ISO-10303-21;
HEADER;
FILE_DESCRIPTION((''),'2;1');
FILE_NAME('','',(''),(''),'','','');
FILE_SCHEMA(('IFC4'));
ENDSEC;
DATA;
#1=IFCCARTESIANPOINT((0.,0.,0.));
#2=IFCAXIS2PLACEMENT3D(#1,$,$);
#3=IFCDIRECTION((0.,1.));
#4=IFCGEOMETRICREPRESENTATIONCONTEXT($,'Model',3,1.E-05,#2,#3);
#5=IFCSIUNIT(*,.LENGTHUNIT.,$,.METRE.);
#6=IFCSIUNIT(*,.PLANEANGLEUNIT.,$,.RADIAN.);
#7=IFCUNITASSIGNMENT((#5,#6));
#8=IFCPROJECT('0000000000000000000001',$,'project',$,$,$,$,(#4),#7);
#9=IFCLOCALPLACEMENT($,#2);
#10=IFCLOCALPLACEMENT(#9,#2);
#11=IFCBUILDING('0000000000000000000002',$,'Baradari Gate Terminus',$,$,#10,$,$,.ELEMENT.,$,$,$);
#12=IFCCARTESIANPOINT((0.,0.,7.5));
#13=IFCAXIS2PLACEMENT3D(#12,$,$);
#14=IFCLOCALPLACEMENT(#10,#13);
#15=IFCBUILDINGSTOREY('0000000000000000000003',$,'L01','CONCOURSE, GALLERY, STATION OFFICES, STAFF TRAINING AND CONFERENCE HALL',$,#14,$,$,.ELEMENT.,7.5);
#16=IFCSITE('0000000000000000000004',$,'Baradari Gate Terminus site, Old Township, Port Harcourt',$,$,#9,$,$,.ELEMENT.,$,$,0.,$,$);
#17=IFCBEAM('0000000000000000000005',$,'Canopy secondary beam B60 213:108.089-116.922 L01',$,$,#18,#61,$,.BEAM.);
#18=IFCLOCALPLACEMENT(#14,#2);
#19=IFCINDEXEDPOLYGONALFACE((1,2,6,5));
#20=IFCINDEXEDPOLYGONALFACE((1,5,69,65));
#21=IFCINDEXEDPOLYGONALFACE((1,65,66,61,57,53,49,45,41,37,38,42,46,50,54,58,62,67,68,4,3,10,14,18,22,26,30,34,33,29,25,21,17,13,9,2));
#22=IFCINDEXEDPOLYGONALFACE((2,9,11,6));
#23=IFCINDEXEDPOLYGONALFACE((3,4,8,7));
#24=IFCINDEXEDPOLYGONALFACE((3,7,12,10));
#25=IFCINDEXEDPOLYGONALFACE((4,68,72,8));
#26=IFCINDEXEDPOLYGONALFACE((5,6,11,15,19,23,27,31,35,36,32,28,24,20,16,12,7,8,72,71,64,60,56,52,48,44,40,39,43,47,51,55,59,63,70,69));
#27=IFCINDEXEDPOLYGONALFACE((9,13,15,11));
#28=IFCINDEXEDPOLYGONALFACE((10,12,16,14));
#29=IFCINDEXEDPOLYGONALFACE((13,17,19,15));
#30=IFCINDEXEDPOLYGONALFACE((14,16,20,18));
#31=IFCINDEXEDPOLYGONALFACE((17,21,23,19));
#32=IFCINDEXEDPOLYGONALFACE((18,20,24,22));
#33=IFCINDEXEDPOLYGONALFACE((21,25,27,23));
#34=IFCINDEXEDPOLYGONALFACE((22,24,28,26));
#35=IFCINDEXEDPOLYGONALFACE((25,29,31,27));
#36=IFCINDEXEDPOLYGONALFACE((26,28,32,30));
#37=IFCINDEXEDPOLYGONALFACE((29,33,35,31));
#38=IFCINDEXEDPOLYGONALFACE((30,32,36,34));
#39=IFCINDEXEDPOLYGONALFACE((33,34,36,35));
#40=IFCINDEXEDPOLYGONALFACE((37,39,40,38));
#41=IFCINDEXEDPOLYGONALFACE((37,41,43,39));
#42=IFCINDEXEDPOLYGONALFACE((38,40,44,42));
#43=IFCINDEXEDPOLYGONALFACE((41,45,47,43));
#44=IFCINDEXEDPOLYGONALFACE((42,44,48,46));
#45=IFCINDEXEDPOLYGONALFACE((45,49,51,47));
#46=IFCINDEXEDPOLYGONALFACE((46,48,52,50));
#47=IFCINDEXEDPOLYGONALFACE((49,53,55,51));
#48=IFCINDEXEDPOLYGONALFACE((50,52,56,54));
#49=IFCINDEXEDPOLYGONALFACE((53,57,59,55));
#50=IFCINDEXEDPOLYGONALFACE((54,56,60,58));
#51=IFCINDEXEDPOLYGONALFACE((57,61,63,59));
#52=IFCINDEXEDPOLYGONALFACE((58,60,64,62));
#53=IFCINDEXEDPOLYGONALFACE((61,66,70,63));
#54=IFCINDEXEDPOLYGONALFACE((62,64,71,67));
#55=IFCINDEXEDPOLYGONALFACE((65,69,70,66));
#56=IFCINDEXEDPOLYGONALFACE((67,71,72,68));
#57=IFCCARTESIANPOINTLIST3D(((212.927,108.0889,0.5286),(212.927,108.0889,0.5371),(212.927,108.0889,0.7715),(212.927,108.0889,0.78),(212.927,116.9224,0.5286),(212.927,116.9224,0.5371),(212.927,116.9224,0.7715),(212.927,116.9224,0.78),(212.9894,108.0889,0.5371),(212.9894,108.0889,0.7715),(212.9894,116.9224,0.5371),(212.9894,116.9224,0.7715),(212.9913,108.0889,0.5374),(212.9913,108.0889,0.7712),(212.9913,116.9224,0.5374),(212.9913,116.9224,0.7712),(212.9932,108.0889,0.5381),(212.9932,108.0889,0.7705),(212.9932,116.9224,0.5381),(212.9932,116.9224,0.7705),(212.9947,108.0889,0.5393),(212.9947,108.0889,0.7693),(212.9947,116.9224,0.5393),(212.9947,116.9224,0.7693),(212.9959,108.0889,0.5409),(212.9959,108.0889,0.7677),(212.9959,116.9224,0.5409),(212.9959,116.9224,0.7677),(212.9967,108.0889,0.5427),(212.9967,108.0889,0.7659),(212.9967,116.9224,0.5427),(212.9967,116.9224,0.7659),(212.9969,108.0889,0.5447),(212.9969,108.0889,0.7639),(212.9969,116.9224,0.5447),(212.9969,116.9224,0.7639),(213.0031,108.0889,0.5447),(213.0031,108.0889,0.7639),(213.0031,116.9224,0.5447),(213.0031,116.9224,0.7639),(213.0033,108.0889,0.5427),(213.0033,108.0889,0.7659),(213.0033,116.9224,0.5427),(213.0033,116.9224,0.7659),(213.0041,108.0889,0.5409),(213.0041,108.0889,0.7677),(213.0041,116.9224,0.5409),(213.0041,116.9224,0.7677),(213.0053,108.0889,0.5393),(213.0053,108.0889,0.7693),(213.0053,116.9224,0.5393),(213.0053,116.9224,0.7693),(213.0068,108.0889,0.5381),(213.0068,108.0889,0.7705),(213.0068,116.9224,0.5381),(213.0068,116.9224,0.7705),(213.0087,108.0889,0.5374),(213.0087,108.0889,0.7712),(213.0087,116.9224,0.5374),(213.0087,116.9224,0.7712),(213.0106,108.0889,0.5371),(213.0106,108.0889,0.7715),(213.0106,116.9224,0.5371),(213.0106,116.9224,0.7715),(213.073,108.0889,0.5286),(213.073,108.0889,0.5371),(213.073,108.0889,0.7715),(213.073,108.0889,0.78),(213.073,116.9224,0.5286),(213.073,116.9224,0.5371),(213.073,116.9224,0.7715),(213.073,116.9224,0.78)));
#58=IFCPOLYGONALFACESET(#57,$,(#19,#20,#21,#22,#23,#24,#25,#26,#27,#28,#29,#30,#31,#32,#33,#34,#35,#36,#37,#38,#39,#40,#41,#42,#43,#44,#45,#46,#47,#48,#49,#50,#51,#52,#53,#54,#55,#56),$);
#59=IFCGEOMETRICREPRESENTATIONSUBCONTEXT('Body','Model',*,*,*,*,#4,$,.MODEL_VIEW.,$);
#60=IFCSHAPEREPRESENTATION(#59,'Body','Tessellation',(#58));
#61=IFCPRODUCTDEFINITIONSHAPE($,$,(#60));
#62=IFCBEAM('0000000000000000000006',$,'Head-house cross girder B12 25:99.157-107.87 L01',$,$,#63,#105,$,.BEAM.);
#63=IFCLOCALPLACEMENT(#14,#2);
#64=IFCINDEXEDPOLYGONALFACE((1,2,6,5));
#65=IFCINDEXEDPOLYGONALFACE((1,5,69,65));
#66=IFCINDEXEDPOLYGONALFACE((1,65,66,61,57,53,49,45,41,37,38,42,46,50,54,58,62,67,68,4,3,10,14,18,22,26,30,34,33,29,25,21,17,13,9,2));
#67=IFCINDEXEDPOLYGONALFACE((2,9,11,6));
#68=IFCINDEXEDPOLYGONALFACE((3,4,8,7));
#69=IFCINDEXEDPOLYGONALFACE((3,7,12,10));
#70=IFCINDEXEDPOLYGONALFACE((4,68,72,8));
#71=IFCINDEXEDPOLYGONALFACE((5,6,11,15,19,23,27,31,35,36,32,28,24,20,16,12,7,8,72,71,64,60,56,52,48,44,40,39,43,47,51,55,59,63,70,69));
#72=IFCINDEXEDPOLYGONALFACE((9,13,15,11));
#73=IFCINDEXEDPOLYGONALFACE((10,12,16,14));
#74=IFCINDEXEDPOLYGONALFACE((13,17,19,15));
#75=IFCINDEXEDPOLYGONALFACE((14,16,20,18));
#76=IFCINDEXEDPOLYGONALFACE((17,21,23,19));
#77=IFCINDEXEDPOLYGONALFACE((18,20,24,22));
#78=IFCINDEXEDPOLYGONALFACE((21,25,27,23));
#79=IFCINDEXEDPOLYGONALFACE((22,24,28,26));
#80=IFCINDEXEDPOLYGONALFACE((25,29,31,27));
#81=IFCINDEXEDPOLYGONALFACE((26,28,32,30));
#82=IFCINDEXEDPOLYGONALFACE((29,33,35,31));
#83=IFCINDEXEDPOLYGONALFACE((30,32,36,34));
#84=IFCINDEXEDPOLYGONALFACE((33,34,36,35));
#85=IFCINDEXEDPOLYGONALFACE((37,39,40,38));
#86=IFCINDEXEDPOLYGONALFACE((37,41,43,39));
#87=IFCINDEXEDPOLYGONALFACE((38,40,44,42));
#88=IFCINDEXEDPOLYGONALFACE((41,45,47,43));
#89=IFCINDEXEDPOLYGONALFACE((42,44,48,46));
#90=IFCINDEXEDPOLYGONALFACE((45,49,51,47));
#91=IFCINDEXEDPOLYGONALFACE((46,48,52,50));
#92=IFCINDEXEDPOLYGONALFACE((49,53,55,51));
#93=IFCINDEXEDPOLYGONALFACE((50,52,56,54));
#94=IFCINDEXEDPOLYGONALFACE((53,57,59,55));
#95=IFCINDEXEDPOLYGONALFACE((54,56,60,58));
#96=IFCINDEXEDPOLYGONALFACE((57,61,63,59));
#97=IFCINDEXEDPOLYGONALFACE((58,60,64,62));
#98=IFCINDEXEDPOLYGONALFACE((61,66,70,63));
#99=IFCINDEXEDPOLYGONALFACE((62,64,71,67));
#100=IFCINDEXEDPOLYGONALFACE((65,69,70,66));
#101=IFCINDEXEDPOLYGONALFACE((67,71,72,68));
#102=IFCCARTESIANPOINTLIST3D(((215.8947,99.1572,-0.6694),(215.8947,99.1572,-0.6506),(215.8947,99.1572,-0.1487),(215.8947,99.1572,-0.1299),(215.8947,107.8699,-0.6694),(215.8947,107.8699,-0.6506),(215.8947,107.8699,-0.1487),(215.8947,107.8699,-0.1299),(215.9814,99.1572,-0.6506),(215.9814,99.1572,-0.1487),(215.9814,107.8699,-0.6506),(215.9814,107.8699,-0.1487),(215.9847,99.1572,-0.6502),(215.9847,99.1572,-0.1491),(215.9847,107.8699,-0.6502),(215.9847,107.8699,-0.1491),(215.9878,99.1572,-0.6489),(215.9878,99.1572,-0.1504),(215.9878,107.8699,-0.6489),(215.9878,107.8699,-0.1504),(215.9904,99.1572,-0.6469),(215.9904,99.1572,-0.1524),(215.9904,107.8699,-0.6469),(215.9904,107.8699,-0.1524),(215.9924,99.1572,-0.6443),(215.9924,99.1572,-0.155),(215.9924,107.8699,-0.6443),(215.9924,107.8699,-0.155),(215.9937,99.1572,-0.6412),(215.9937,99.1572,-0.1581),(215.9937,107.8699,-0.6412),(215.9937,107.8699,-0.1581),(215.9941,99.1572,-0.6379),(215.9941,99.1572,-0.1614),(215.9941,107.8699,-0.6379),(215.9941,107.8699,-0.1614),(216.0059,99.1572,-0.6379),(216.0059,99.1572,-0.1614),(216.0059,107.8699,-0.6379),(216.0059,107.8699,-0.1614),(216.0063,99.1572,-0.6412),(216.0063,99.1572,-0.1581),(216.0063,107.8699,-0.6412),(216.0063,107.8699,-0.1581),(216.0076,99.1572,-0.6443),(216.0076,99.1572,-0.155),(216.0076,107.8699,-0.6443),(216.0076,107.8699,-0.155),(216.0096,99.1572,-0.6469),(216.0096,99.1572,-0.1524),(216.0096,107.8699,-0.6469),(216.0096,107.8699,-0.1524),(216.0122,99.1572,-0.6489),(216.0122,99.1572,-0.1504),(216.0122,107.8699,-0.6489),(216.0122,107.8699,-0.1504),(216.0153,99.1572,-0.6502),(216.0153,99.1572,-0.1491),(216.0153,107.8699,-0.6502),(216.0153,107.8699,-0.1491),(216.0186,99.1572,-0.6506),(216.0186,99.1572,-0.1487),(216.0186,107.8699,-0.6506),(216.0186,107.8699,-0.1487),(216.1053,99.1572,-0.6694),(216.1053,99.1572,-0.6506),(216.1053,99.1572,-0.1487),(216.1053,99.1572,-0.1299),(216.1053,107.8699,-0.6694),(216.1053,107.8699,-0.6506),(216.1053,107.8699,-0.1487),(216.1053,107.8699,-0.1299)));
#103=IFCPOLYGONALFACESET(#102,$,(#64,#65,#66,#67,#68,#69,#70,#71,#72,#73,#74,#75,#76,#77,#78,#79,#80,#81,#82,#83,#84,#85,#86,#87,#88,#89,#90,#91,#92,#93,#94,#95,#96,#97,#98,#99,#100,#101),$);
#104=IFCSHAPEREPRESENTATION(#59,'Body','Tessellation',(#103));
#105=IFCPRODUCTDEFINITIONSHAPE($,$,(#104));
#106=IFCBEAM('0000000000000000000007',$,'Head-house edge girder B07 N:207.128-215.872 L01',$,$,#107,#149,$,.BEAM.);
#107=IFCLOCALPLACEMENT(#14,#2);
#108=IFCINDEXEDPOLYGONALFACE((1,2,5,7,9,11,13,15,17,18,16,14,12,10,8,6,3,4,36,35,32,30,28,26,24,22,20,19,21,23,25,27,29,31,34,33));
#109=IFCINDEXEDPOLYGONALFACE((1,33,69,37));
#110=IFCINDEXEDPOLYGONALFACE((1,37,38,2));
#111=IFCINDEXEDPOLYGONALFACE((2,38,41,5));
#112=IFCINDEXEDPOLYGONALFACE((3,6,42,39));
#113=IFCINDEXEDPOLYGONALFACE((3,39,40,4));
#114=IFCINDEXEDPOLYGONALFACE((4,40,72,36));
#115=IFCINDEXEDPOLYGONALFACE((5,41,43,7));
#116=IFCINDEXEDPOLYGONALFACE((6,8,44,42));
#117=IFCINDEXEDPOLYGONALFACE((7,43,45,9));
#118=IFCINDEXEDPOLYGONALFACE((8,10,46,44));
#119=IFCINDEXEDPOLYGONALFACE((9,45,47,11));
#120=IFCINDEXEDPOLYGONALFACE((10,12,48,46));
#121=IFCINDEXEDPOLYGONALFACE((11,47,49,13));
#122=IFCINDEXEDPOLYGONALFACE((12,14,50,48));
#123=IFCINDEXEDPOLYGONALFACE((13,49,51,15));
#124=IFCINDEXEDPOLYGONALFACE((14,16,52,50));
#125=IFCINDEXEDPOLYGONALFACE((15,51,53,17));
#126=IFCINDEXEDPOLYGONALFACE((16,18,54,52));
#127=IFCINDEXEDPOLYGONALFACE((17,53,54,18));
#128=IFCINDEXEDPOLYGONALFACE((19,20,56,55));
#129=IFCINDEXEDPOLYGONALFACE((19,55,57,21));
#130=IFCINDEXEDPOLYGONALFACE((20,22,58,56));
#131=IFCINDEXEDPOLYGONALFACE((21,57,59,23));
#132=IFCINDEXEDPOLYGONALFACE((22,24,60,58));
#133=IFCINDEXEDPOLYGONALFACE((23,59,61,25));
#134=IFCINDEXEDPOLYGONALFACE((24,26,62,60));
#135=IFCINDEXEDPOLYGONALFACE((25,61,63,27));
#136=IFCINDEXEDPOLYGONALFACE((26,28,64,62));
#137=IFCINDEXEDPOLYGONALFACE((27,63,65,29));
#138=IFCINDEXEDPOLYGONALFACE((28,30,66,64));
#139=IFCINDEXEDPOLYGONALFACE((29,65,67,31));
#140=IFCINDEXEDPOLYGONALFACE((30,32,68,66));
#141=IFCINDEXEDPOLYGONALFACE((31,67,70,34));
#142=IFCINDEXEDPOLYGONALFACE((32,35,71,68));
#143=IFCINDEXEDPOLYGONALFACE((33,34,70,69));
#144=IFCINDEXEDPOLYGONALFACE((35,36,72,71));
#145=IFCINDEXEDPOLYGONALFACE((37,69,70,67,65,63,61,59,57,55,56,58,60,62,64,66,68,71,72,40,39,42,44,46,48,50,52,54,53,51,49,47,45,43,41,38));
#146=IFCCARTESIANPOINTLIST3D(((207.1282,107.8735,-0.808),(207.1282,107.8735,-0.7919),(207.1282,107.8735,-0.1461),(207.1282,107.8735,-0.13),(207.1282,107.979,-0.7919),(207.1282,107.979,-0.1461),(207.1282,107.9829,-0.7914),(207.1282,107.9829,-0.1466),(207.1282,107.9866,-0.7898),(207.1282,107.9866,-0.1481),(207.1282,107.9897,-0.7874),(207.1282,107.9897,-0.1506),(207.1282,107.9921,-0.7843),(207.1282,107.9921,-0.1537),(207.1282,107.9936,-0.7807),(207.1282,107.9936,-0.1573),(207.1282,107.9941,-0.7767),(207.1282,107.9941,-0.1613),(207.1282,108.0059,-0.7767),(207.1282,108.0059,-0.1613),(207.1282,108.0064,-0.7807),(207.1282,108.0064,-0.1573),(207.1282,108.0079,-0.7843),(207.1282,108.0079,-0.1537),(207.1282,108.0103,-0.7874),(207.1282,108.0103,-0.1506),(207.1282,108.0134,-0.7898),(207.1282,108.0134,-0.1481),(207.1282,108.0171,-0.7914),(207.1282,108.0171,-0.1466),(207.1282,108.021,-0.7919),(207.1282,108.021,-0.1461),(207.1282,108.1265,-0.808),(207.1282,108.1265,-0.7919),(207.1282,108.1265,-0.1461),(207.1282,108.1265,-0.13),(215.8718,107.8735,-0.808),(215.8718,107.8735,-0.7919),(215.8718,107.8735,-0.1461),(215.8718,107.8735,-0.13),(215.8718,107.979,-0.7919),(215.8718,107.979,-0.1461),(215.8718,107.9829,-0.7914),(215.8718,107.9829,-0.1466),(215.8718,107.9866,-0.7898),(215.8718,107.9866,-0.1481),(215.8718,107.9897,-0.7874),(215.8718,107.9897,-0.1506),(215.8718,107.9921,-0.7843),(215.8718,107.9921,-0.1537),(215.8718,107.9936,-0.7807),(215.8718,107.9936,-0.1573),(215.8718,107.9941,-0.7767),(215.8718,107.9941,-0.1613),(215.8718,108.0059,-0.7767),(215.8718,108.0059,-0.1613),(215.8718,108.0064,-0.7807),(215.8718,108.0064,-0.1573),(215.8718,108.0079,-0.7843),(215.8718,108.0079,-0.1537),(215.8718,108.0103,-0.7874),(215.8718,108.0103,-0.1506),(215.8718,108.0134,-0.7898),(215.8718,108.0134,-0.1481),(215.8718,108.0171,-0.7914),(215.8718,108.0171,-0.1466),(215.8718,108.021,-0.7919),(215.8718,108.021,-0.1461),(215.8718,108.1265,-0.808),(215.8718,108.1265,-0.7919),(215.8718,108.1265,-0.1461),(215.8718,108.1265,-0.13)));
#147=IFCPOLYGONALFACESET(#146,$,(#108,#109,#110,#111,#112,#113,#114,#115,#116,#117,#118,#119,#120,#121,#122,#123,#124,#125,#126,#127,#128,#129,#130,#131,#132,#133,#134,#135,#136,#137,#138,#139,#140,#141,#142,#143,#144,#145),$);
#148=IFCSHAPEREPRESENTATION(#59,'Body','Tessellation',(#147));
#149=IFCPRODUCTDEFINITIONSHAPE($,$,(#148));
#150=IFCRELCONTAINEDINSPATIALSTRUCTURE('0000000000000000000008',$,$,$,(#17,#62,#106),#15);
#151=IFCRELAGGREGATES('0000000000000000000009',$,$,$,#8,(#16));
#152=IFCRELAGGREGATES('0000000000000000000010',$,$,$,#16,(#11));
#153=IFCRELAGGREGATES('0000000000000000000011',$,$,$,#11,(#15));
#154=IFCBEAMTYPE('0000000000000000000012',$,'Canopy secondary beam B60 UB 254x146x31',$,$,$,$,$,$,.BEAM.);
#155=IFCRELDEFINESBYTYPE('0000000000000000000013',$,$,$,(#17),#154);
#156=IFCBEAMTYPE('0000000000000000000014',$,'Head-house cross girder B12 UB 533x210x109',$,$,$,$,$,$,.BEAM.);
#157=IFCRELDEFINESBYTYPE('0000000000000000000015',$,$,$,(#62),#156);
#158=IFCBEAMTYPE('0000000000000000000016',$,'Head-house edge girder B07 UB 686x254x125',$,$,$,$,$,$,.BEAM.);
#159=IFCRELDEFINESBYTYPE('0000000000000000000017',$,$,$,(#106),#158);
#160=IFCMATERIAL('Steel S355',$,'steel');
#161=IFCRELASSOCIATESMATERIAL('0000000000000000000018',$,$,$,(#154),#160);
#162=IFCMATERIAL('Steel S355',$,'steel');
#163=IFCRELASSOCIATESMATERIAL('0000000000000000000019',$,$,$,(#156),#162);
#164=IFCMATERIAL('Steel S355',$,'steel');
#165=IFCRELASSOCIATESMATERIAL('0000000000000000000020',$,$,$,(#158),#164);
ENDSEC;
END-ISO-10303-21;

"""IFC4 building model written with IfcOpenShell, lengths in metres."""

from ifc_helpers import new_model, si_unit, direction, frame, origin, origin_2d, place, context, subcontext, project, spatial, i_section, extrude, material, material_profile, profile_set, type_object, element, save


model = new_model("IFC4")

# Units and contexts
model_context = context("Model", 3, precision=1e-05, world=origin(), true_north=direction((0.0, 1.0)))
body_context = subcontext(model_context, "Body", "Model", "MODEL_VIEW")
ifc_project = project(units=[si_unit("LENGTHUNIT", "METRE"), si_unit("PLANEANGLEUNIT", "RADIAN")], contexts=[model_context])

# Site, building, storey
site_placement = place(None, origin())
site = spatial("IfcSite", under=ifc_project, at=site_placement, Name="Baradari Gate Terminus site, Old Township, Port Harcourt", CompositionType="ELEMENT", RefElevation=0.0)
building_placement = place(site_placement, origin())
building = spatial("IfcBuilding", under=site, at=building_placement, Name="Baradari Gate Terminus", CompositionType="ELEMENT")
storey_placement = place(building_placement, frame((0.0, 0.0, 7.5)))
storey = spatial("IfcBuildingStorey", under=building, at=storey_placement, Name="L01", Description="CONCOURSE, GALLERY, STATION OFFICES, STAFF TRAINING AND CONFERENCE HALL", CompositionType="ELEMENT", Elevation=7.5)

# Beams
ifc_material_1 = material(Name="Steel S355", Category="steel")
ifc_material_profile_1 = material_profile(ifc_material_1, i_section(OverallWidth=0.146, OverallDepth=0.2515, WebThickness=0.0061, FlangeThickness=0.0085, FilletRadius=0.0076, at=origin_2d()), Name="UB 254x146x31")
ifc_profile_set_1 = profile_set([ifc_material_profile_1], Name="Steel S355")
beam_type_1 = type_object("IfcBeamType", Name="Canopy secondary beam B60 UB 254x146x31", PredefinedType="BEAM", material=ifc_profile_set_1)
for number, where, z_axis, x_axis, name in (
    (1, (213.0, 108.0889, 0.6543), (0.0, 1.0, 0.0), (-1.0, 0.0, 0.0), "Canopy secondary beam B60 213:108.089-116.922 L01"),
):
    element("IfcBeam", number, at=place(storey_placement, frame(where, z_axis=z_axis, x_axis=x_axis)), inside=storey, type_object=beam_type_1, Name=name, PredefinedType="BEAM", context=body_context, shape_type="SweptSolid", body=[
        extrude(i_section(OverallWidth=0.146, OverallDepth=0.2515, WebThickness=0.0061, FlangeThickness=0.0085, FilletRadius=0.0076, at=origin_2d()), origin(), (0.0, 0.0, 1.0), 8.8335),
    ])
ifc_material_2 = material(Name="Steel S355", Category="steel")
ifc_material_profile_2 = material_profile(ifc_material_2, i_section(OverallWidth=0.2107, OverallDepth=0.5396, WebThickness=0.0117, FlangeThickness=0.0188, FilletRadius=0.0127, at=origin_2d()), Name="UB 533x210x109")
ifc_profile_set_2 = profile_set([ifc_material_profile_2], Name="Steel S355")
beam_type_2 = type_object("IfcBeamType", Name="Head-house cross girder B12 UB 533x210x109", PredefinedType="BEAM", material=ifc_profile_set_2)
beam_1_placement = place(storey_placement, frame((216.0, 99.1572, -0.3997), z_axis=(0.0, 1.0, 0.0), x_axis=(-1.0, 0.0, 0.0)))
element("IfcBeam", 2, at=beam_1_placement, inside=storey, type_object=beam_type_2, Name="Head-house cross girder B12 25:99.157-107.87 L01", PredefinedType="BEAM", context=body_context, shape_type="SweptSolid", body=[
    extrude(i_section(OverallWidth=0.2107, OverallDepth=0.5396, WebThickness=0.0117, FlangeThickness=0.0188, FilletRadius=0.0127, at=origin_2d()), origin(), (0.0, 0.0, 1.0), 8.7126),
])
ifc_material_3 = material(Name="Steel S355", Category="steel")
ifc_material_profile_3 = material_profile(ifc_material_3, i_section(OverallWidth=0.2529, OverallDepth=0.678, WebThickness=0.0117, FlangeThickness=0.0161, FilletRadius=0.0151, at=origin_2d()), Name="UB 686x254x125")
ifc_profile_set_3 = profile_set([ifc_material_profile_3], Name="Steel S355")
beam_type_3 = type_object("IfcBeamType", Name="Head-house edge girder B07 UB 686x254x125", PredefinedType="BEAM", material=ifc_profile_set_3)
beam_2_placement = place(storey_placement, frame((207.1282, 108.0, -0.469), z_axis=(1.0, 0.0, 0.0), x_axis=(0.0, 1.0, 0.0)))
element("IfcBeam", 3, at=beam_2_placement, inside=storey, type_object=beam_type_3, Name="Head-house edge girder B07 N:207.128-215.872 L01", PredefinedType="BEAM", context=body_context, shape_type="SweptSolid", body=[
    extrude(i_section(OverallWidth=0.2529, OverallDepth=0.678, WebThickness=0.0117, FlangeThickness=0.0161, FilletRadius=0.0151, at=origin_2d()), origin(), (0.0, 0.0, 1.0), 8.7437),
])

save(model, "model.ifc")
